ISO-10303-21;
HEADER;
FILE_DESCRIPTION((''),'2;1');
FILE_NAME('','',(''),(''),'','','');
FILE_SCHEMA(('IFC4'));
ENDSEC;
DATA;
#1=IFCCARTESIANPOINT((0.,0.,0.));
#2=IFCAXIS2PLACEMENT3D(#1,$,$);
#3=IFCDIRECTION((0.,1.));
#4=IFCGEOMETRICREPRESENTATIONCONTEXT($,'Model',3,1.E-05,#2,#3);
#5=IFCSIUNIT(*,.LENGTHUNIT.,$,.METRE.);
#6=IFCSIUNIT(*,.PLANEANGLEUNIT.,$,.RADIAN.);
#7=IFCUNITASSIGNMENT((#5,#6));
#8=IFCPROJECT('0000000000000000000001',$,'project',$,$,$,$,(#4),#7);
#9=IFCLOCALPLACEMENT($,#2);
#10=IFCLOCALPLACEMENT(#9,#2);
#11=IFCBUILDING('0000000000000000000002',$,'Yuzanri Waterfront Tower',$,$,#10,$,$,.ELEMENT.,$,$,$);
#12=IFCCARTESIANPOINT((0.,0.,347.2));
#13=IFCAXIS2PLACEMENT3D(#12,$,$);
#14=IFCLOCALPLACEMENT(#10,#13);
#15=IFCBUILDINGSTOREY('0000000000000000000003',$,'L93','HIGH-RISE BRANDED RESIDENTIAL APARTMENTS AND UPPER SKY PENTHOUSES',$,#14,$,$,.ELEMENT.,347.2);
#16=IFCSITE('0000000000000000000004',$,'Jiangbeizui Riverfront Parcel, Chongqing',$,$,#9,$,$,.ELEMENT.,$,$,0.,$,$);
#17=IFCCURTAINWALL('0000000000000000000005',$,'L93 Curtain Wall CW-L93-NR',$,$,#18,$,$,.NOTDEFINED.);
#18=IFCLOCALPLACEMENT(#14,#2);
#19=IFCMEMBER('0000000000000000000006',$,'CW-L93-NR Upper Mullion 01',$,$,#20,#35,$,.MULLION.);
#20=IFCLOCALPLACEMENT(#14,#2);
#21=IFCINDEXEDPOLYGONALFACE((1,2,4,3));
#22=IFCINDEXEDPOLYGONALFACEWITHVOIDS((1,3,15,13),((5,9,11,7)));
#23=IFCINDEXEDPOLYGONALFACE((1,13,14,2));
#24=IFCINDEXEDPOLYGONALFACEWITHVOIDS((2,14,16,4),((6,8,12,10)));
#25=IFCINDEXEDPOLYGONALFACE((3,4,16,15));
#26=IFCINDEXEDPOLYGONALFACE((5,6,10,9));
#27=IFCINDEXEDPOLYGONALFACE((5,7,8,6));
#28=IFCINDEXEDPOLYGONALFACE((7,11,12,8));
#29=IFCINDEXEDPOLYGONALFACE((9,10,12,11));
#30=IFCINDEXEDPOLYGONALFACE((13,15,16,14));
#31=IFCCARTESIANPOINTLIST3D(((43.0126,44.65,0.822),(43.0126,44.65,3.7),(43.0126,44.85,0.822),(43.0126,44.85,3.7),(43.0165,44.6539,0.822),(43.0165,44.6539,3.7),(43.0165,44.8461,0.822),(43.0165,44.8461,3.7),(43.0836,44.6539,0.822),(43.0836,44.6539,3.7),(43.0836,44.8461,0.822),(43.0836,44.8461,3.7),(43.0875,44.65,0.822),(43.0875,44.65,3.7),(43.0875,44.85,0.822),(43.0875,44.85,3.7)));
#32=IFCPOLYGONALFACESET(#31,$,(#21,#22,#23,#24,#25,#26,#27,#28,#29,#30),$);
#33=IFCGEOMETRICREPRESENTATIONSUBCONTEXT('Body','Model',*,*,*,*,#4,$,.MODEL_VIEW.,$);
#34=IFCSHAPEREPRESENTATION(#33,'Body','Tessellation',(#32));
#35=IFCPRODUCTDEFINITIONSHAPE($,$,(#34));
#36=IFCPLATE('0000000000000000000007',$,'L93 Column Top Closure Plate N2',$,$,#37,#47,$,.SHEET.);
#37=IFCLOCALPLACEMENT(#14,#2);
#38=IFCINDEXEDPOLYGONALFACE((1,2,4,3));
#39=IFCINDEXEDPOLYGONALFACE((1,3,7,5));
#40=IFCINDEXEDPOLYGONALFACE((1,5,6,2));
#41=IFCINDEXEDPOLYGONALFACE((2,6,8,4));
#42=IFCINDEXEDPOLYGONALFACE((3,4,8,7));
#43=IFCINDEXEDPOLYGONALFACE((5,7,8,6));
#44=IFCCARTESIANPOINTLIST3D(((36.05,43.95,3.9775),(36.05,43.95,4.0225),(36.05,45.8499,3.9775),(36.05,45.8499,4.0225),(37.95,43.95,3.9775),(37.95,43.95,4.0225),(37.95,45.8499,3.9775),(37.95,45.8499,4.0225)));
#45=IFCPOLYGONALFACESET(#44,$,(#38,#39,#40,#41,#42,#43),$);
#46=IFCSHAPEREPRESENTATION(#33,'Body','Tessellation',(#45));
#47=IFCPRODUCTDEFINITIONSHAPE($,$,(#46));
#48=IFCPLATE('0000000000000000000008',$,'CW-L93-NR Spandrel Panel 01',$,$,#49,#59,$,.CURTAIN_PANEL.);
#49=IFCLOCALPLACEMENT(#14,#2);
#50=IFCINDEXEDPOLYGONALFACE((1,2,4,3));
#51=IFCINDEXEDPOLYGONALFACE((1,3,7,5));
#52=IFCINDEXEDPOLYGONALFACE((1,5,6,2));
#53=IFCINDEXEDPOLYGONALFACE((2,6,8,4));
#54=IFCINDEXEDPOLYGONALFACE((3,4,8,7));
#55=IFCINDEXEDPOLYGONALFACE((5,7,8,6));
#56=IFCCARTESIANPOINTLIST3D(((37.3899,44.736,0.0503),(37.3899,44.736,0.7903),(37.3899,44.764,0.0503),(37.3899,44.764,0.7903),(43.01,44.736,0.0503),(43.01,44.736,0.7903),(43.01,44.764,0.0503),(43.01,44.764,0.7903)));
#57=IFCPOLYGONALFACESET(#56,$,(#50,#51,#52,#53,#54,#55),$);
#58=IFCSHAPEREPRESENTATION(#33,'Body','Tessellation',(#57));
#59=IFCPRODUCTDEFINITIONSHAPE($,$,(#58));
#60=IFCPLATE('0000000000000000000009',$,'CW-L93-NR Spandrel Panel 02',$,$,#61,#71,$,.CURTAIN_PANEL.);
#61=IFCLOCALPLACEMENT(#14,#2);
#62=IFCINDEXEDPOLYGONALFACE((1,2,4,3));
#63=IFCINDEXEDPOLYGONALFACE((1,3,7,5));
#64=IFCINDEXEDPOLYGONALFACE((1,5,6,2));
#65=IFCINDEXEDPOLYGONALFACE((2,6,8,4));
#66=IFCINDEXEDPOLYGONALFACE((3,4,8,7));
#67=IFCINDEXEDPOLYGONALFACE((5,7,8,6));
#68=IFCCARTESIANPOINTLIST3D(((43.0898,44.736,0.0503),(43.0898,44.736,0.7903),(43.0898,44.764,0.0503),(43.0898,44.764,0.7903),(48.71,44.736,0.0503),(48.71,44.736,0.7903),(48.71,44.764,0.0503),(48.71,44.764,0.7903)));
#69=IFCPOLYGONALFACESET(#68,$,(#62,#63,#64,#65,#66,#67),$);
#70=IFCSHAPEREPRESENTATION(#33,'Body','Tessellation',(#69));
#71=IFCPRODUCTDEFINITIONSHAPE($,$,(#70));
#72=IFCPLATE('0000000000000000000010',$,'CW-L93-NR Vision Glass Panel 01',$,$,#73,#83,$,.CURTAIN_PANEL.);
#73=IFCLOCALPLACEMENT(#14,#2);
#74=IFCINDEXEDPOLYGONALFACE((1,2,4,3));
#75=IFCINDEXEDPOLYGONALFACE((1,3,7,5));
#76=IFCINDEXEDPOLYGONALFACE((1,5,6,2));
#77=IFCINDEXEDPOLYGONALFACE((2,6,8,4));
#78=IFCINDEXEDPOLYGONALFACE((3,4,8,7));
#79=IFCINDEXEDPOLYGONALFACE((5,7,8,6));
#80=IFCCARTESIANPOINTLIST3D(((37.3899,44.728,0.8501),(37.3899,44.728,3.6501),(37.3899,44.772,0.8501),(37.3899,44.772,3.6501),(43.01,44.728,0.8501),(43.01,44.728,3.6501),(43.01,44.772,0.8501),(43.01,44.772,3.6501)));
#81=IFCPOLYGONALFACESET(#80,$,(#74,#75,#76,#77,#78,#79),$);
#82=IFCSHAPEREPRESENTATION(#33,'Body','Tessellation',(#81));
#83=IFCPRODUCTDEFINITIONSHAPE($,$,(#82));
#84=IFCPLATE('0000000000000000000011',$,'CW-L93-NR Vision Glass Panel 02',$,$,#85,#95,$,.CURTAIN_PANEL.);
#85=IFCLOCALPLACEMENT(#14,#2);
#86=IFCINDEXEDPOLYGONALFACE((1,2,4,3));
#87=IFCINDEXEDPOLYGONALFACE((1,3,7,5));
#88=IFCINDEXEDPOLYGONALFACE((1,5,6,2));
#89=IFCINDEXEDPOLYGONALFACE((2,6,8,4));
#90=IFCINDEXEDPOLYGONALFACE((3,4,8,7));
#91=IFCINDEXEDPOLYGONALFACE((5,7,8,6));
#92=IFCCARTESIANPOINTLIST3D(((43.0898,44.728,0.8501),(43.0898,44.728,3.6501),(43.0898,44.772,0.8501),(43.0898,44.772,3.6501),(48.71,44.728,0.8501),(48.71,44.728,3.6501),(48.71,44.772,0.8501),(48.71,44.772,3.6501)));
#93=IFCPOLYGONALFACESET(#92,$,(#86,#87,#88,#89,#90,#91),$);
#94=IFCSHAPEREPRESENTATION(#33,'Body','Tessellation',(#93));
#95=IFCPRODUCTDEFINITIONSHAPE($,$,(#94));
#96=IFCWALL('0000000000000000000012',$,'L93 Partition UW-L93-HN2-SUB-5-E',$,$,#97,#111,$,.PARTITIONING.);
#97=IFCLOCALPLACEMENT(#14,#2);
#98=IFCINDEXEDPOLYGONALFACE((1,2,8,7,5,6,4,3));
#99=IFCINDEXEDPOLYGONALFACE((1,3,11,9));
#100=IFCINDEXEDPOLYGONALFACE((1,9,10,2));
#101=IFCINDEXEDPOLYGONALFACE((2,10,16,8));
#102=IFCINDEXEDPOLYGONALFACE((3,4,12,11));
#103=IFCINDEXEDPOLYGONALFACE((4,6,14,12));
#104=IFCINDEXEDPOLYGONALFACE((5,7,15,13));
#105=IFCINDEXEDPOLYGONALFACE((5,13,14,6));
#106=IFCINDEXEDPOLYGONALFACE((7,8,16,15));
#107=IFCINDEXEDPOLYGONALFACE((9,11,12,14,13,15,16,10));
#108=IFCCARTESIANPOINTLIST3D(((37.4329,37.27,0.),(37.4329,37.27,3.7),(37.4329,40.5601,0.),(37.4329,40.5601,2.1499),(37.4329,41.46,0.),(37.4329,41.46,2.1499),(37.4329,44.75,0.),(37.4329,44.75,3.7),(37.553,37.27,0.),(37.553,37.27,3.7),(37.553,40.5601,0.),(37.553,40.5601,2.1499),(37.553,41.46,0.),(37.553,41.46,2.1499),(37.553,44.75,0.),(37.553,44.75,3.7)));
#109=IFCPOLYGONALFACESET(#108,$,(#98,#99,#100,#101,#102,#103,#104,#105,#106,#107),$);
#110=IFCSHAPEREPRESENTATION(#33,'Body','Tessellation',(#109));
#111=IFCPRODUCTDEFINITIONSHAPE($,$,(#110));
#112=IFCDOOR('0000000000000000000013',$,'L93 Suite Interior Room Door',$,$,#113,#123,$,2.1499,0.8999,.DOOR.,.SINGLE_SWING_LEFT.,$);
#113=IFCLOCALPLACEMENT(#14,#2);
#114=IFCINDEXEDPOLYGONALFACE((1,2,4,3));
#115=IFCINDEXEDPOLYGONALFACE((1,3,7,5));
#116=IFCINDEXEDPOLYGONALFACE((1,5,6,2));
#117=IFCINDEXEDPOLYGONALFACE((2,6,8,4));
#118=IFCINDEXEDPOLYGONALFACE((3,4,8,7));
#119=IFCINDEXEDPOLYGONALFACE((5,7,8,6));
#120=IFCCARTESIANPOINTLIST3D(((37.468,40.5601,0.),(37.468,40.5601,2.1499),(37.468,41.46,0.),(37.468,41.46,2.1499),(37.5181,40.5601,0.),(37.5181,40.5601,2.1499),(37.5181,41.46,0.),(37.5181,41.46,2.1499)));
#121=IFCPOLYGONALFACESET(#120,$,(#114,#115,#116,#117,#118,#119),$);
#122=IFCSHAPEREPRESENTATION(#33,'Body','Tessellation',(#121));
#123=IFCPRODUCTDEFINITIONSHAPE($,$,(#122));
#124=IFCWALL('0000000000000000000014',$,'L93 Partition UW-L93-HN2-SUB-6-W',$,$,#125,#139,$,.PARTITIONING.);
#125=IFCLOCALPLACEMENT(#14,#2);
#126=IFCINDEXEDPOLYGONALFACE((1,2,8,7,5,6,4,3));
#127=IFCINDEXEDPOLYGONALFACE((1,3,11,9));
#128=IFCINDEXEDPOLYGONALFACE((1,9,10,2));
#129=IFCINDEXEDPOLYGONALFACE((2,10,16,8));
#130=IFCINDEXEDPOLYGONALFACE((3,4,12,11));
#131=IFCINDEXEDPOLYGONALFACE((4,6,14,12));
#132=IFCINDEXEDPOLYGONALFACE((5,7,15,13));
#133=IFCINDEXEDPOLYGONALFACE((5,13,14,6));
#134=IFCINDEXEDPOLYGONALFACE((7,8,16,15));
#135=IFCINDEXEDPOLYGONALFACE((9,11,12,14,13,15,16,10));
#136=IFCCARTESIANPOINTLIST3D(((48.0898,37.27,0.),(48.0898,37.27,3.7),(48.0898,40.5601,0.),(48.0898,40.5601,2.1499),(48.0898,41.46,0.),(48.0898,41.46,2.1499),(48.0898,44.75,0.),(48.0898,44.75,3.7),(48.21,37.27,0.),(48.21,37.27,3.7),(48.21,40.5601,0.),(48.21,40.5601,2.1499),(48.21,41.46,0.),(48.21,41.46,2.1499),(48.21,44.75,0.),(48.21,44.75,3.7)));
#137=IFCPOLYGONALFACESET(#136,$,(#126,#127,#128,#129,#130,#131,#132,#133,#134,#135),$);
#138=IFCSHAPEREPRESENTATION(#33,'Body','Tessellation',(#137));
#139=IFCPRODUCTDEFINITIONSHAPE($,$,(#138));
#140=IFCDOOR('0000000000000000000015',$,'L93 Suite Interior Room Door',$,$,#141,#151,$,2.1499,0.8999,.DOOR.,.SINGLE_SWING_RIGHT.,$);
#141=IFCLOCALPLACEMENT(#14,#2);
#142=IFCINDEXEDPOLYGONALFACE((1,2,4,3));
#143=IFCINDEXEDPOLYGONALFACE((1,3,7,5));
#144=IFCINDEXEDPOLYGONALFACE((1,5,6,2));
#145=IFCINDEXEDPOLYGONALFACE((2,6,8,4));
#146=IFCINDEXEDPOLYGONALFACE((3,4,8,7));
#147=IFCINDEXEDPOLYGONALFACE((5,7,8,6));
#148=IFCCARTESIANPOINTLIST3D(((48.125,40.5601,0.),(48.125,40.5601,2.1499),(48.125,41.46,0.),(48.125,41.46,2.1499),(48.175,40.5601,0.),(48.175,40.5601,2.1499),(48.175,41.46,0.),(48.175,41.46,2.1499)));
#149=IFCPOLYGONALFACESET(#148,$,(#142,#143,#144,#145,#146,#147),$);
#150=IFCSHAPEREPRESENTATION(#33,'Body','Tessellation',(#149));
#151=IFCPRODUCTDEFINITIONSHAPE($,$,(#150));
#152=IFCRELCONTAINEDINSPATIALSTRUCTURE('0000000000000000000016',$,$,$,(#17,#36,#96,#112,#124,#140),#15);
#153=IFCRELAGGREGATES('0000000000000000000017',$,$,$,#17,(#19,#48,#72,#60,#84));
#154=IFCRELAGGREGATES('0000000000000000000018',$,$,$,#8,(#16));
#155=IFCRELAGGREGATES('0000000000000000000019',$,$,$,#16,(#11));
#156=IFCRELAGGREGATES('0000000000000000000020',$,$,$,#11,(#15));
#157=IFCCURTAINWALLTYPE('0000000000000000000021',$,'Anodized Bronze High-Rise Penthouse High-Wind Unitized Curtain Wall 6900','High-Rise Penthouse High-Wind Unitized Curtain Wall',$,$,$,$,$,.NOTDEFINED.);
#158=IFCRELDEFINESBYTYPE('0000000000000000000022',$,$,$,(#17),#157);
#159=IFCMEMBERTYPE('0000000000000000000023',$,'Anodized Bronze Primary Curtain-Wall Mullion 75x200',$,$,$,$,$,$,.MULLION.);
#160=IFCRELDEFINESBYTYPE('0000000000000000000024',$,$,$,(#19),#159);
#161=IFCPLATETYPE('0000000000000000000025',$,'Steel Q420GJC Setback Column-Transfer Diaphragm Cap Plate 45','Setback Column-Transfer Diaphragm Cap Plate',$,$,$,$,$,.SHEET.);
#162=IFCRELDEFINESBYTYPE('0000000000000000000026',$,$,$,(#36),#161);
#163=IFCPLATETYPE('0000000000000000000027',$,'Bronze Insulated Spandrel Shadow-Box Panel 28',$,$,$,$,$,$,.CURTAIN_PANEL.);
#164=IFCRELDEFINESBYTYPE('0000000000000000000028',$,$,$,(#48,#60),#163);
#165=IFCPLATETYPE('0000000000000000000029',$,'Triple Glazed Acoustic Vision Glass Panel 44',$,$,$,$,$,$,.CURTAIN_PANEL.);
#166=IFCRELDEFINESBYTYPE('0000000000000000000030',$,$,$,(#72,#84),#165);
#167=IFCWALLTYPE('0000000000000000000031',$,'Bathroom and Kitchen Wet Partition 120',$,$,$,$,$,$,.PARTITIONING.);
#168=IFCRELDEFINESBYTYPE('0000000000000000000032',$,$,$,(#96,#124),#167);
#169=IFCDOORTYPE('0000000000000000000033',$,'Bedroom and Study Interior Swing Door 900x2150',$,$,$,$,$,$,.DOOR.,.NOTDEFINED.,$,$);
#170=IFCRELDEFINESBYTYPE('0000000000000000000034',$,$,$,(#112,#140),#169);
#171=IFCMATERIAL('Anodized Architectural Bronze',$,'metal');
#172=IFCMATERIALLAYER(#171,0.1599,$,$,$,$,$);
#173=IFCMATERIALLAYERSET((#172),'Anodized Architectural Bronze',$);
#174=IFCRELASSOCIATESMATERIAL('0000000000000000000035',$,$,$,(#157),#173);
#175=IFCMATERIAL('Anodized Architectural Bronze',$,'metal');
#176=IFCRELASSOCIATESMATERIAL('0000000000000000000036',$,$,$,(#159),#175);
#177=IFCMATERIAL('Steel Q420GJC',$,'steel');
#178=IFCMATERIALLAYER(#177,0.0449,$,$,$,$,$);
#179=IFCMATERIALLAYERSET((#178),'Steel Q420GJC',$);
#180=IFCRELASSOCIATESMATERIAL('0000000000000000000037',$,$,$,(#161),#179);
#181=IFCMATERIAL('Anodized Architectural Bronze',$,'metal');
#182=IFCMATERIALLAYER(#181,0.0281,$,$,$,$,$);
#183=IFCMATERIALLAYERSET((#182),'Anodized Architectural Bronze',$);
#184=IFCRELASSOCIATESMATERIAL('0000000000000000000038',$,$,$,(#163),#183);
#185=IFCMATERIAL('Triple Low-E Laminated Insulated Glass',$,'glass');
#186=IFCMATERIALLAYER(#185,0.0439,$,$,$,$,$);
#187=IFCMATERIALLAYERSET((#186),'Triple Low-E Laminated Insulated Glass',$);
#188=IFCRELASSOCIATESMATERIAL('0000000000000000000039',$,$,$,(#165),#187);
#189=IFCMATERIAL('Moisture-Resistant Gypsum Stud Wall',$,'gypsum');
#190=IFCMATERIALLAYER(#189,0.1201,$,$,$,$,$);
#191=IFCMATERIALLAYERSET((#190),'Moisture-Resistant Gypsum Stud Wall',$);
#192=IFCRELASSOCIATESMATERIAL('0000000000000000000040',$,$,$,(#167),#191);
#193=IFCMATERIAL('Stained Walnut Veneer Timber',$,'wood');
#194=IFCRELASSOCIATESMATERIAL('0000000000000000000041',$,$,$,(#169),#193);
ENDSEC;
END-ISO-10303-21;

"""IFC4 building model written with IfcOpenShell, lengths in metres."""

from ifc_helpers import new_model, si_unit, direction, frame, frame_2d, origin, origin_2d, place, context, subcontext, project, spatial, rectangle, hollow_rectangle, extrude, source, transform, mapped, material, layer, layer_set, material_profile, profile_set, type_object, element, fill, aggregate, save


model = new_model("IFC4")

# Units and contexts
model_context = context("Model", 3, precision=1e-05, world=origin(), true_north=direction((0.0, 1.0)))
body_context = subcontext(model_context, "Body", "Model", "MODEL_VIEW")
ifc_project = project(units=[si_unit("LENGTHUNIT", "METRE"), si_unit("PLANEANGLEUNIT", "RADIAN")], contexts=[model_context])

# Site, building, storey
site_placement = place(None, origin())
site = spatial("IfcSite", under=ifc_project, at=site_placement, Name="Jiangbeizui Riverfront Parcel, Chongqing", CompositionType="ELEMENT", RefElevation=0.0)
building_placement = place(site_placement, origin())
building = spatial("IfcBuilding", under=site, at=building_placement, Name="Yuzanri Waterfront Tower", CompositionType="ELEMENT")
storey_placement = place(building_placement, frame((0.0, 0.0, 347.2)))
storey = spatial("IfcBuildingStorey", under=building, at=storey_placement, Name="L93", Description="HIGH-RISE BRANDED RESIDENTIAL APARTMENTS AND UPPER SKY PENTHOUSES", CompositionType="ELEMENT", Elevation=347.2)

# Curtain wall, member
ifc_material_1 = material(Name="Anodized Architectural Bronze", Category="metal")
ifc_layer_1 = layer(ifc_material_1, 0.1599)
ifc_layer_set_1 = layer_set([ifc_layer_1], Name="Anodized Architectural Bronze")
curtain_wall_type = type_object("IfcCurtainWallType", Name="Anodized Bronze High-Rise Penthouse High-Wind Unitized Curtain Wall 6900", Description="High-Rise Penthouse High-Wind Unitized Curtain Wall", PredefinedType="NOTDEFINED", material=ifc_layer_set_1)
curtain_wall_placement = place(storey_placement, origin())
curtain_wall = element("IfcCurtainWall", 1, at=curtain_wall_placement, inside=storey, type_object=curtain_wall_type, Name="L93 Curtain Wall CW-L93-NR", PredefinedType="NOTDEFINED")
ifc_material_2 = material(Name="Anodized Architectural Bronze", Category="metal")
ifc_material_profile_1 = material_profile(ifc_material_2, hollow_rectangle(XDim=0.075, YDim=0.2, WallThickness=0.0039, at=origin_2d()), Name="CWM 75x200")
ifc_profile_set_1 = profile_set([ifc_material_profile_1], Name="Anodized Architectural Bronze")
member_type_1 = type_object("IfcMemberType", Name="Anodized Bronze Primary Curtain-Wall Mullion 75x200", PredefinedType="MULLION", material=ifc_profile_set_1)
shared_shape_1 = source(origin(), body_context, "Body", "SweptSolid", [
    extrude(hollow_rectangle(XDim=0.075, YDim=0.2, WallThickness=0.0039, at=origin_2d()), origin(), (0.0, 0.0, 1.0), 2.8779),
])
member_1_placement = place(storey_placement, frame((43.05, 44.75, 0.822), z_axis=(0.0, 0.0, 1.0), x_axis=(1.0, 0.0, 0.0)))
member_1 = element("IfcMember", 2, at=member_1_placement, type_object=member_type_1, Name="CW-L93-NR Upper Mullion 01", PredefinedType="MULLION", context=body_context, shape_type="MappedRepresentation", body=[
    mapped(shared_shape_1, transform((0.0, 0.0, 0.0), scale=1.0)),
])

# Plates
ifc_material_3 = material(Name="Steel Q420GJC", Category="steel")
ifc_layer_2 = layer(ifc_material_3, 0.0449)
ifc_layer_set_2 = layer_set([ifc_layer_2], Name="Steel Q420GJC")
plate_type_1 = type_object("IfcPlateType", Name="Steel Q420GJC Setback Column-Transfer Diaphragm Cap Plate 45", Description="Setback Column-Transfer Diaphragm Cap Plate", PredefinedType="SHEET", material=ifc_layer_set_2)
shared_shape_2 = source(origin(), body_context, "Body", "SweptSolid", [
    extrude(rectangle(XDim=1.8999, YDim=1.8999, at=origin_2d()), origin(), (0.0, 0.0, 1.0), 0.0449),
])
plate_1_placement = place(storey_placement, frame((37.0, 44.8999, 3.9775), z_axis=(0.0, 0.0, 1.0), x_axis=(1.0, 0.0, 0.0)))
element("IfcPlate", 3, at=plate_1_placement, inside=storey, type_object=plate_type_1, Name="L93 Column Top Closure Plate N2", PredefinedType="SHEET", context=body_context, shape_type="MappedRepresentation", body=[
    mapped(shared_shape_2, transform((0.0, 0.0, 0.0), scale=1.0)),
])
ifc_material_4 = material(Name="Anodized Architectural Bronze", Category="metal")
ifc_layer_3 = layer(ifc_material_4, 0.0281)
ifc_layer_set_3 = layer_set([ifc_layer_3], Name="Anodized Architectural Bronze")
plate_type_2 = type_object("IfcPlateType", Name="Bronze Insulated Spandrel Shadow-Box Panel 28", PredefinedType="CURTAIN_PANEL", material=ifc_layer_set_3)
shared_shape_3 = source(origin(), body_context, "Body", "SweptSolid", [
    extrude(rectangle(XDim=5.6201, YDim=0.0281, at=origin_2d()), origin(), (0.0, 0.0, 1.0), 0.74),
])
plate_2_placement = place(storey_placement, frame((40.2, 44.75, 0.0503), z_axis=(0.0, 0.0, 1.0), x_axis=(1.0, 0.0, 0.0)))
plate_2 = element("IfcPlate", 4, at=plate_2_placement, type_object=plate_type_2, Name="CW-L93-NR Spandrel Panel 01", PredefinedType="CURTAIN_PANEL", context=body_context, shape_type="MappedRepresentation", body=[
    mapped(shared_shape_3, transform((0.0, 0.0, 0.0), scale=1.0)),
])
plate_3_placement = place(storey_placement, frame((45.8999, 44.75, 0.0503), z_axis=(0.0, 0.0, 1.0), x_axis=(1.0, 0.0, 0.0)))
plate_3 = element("IfcPlate", 5, at=plate_3_placement, type_object=plate_type_2, Name="CW-L93-NR Spandrel Panel 02", PredefinedType="CURTAIN_PANEL", context=body_context, shape_type="MappedRepresentation", body=[
    mapped(shared_shape_3, transform((0.0, 0.0, 0.0), scale=1.0)),
])
ifc_material_5 = material(Name="Triple Low-E Laminated Insulated Glass", Category="glass")
ifc_layer_4 = layer(ifc_material_5, 0.0439)
ifc_layer_set_4 = layer_set([ifc_layer_4], Name="Triple Low-E Laminated Insulated Glass")
plate_type_3 = type_object("IfcPlateType", Name="Triple Glazed Acoustic Vision Glass Panel 44", PredefinedType="CURTAIN_PANEL", material=ifc_layer_set_4)
shared_shape_4 = source(origin(), body_context, "Body", "SweptSolid", [
    extrude(rectangle(XDim=5.6201, YDim=0.0439, at=origin_2d()), origin(), (0.0, 0.0, 1.0), 2.8),
])
plate_4_placement = place(storey_placement, frame((40.2, 44.75, 0.8501), z_axis=(0.0, 0.0, 1.0), x_axis=(1.0, 0.0, 0.0)))
plate_4 = element("IfcPlate", 6, at=plate_4_placement, type_object=plate_type_3, Name="CW-L93-NR Vision Glass Panel 01", PredefinedType="CURTAIN_PANEL", context=body_context, shape_type="MappedRepresentation", body=[
    mapped(shared_shape_4, transform((0.0, 0.0, 0.0), scale=1.0)),
])
plate_5_placement = place(storey_placement, frame((45.8999, 44.75, 0.8501), z_axis=(0.0, 0.0, 1.0), x_axis=(1.0, 0.0, 0.0)))
plate_5 = element("IfcPlate", 7, at=plate_5_placement, type_object=plate_type_3, Name="CW-L93-NR Vision Glass Panel 02", PredefinedType="CURTAIN_PANEL", context=body_context, shape_type="MappedRepresentation", body=[
    mapped(shared_shape_4, transform((0.0, 0.0, 0.0), scale=1.0)),
])
aggregate(curtain_wall, [member_1, plate_2, plate_4, plate_3, plate_5])

# Walls, openings, doors
ifc_material_6 = material(Name="Moisture-Resistant Gypsum Stud Wall", Category="gypsum")
ifc_layer_5 = layer(ifc_material_6, 0.1201)
ifc_layer_set_5 = layer_set([ifc_layer_5], Name="Moisture-Resistant Gypsum Stud Wall")
wall_type = type_object("IfcWallType", Name="Bathroom and Kitchen Wet Partition 120", PredefinedType="PARTITIONING", material=ifc_layer_set_5)
wall_1_placement = place(storey_placement, frame((37.4929, 37.27, 0.0), z_axis=(0.0, 0.0, 1.0), x_axis=(0.0, 1.0, 0.0)))
wall_1 = element("IfcWall", 8, at=wall_1_placement, inside=storey, type_object=wall_type, Name="L93 Partition UW-L93-HN2-SUB-5-E", PredefinedType="PARTITIONING", context=body_context, shape_type="SweptSolid", body=[
    extrude(rectangle(XDim=7.48, YDim=0.1201, at=frame_2d((3.74, 0.0))), origin(), (0.0, 0.0, 1.0), 3.7),
])
opening_1_placement = place(wall_1_placement, frame((3.29, 0.0, 0.0)))
opening_1 = element("IfcOpeningElement", 9, at=opening_1_placement, cuts=wall_1, PredefinedType="OPENING", context=body_context, shape_type="SweptSolid", body=[
    extrude(rectangle(XDim=0.8999, YDim=2.1499, at=frame_2d((0.45, 1.075))), frame((0.0, 0.075, 0.0), z_axis=(0.0, -1.0, 0.0), x_axis=(1.0, 0.0, 0.0)), (0.0, 0.0, 1.0), 0.1499),
])
ifc_material_7 = material(Name="Stained Walnut Veneer Timber", Category="wood")
door_type = type_object("IfcDoorType", Name="Bedroom and Study Interior Swing Door 900x2150", OperationType="NOTDEFINED", PredefinedType="DOOR", material=ifc_material_7)
shared_shape_5 = source(origin(), body_context, "Body", "SweptSolid", [
    extrude(rectangle(XDim=0.8999, YDim=2.1499, at=frame_2d((0.45, 1.075))), frame((0.0, 0.0249, 0.0), z_axis=(0.0, -1.0, 0.0), x_axis=(1.0, 0.0, 0.0)), (0.0, 0.0, 1.0), 0.05),
])
door_1_placement = place(opening_1_placement, origin())
door_1 = element("IfcDoor", 10, at=door_1_placement, inside=storey, type_object=door_type, Name="L93 Suite Interior Room Door", OperationType="SINGLE_SWING_LEFT", OverallHeight=2.1499, OverallWidth=0.8999, PredefinedType="DOOR", context=body_context, shape_type="MappedRepresentation", body=[
    mapped(shared_shape_5, transform((0.0, 0.0, 0.0), scale=1.0)),
])
fill(opening_1, door_1)
wall_2_placement = place(storey_placement, frame((48.1499, 37.27, 0.0), z_axis=(0.0, 0.0, 1.0), x_axis=(0.0, 1.0, 0.0)))
wall_2 = element("IfcWall", 11, at=wall_2_placement, inside=storey, type_object=wall_type, Name="L93 Partition UW-L93-HN2-SUB-6-W", PredefinedType="PARTITIONING", context=body_context, shape_type="SweptSolid", body=[
    extrude(rectangle(XDim=7.48, YDim=0.1201, at=frame_2d((3.74, 0.0))), origin(), (0.0, 0.0, 1.0), 3.7),
])
opening_2_placement = place(wall_2_placement, frame((3.29, 0.0, 0.0)))
opening_2 = element("IfcOpeningElement", 12, at=opening_2_placement, cuts=wall_2, PredefinedType="OPENING", context=body_context, shape_type="SweptSolid", body=[
    extrude(rectangle(XDim=0.8999, YDim=2.1499, at=frame_2d((0.45, 1.075))), frame((0.0, 0.075, 0.0), z_axis=(0.0, -1.0, 0.0), x_axis=(1.0, 0.0, 0.0)), (0.0, 0.0, 1.0), 0.1499),
])
door_2_placement = place(opening_2_placement, origin())
door_2 = element("IfcDoor", 13, at=door_2_placement, inside=storey, type_object=door_type, Name="L93 Suite Interior Room Door", OperationType="SINGLE_SWING_RIGHT", OverallHeight=2.1499, OverallWidth=0.8999, PredefinedType="DOOR", context=body_context, shape_type="MappedRepresentation", body=[
    mapped(shared_shape_5, transform((0.0, 0.0, 0.0), scale=1.0)),
])
fill(opening_2, door_2)

save(model, "model.ifc")
